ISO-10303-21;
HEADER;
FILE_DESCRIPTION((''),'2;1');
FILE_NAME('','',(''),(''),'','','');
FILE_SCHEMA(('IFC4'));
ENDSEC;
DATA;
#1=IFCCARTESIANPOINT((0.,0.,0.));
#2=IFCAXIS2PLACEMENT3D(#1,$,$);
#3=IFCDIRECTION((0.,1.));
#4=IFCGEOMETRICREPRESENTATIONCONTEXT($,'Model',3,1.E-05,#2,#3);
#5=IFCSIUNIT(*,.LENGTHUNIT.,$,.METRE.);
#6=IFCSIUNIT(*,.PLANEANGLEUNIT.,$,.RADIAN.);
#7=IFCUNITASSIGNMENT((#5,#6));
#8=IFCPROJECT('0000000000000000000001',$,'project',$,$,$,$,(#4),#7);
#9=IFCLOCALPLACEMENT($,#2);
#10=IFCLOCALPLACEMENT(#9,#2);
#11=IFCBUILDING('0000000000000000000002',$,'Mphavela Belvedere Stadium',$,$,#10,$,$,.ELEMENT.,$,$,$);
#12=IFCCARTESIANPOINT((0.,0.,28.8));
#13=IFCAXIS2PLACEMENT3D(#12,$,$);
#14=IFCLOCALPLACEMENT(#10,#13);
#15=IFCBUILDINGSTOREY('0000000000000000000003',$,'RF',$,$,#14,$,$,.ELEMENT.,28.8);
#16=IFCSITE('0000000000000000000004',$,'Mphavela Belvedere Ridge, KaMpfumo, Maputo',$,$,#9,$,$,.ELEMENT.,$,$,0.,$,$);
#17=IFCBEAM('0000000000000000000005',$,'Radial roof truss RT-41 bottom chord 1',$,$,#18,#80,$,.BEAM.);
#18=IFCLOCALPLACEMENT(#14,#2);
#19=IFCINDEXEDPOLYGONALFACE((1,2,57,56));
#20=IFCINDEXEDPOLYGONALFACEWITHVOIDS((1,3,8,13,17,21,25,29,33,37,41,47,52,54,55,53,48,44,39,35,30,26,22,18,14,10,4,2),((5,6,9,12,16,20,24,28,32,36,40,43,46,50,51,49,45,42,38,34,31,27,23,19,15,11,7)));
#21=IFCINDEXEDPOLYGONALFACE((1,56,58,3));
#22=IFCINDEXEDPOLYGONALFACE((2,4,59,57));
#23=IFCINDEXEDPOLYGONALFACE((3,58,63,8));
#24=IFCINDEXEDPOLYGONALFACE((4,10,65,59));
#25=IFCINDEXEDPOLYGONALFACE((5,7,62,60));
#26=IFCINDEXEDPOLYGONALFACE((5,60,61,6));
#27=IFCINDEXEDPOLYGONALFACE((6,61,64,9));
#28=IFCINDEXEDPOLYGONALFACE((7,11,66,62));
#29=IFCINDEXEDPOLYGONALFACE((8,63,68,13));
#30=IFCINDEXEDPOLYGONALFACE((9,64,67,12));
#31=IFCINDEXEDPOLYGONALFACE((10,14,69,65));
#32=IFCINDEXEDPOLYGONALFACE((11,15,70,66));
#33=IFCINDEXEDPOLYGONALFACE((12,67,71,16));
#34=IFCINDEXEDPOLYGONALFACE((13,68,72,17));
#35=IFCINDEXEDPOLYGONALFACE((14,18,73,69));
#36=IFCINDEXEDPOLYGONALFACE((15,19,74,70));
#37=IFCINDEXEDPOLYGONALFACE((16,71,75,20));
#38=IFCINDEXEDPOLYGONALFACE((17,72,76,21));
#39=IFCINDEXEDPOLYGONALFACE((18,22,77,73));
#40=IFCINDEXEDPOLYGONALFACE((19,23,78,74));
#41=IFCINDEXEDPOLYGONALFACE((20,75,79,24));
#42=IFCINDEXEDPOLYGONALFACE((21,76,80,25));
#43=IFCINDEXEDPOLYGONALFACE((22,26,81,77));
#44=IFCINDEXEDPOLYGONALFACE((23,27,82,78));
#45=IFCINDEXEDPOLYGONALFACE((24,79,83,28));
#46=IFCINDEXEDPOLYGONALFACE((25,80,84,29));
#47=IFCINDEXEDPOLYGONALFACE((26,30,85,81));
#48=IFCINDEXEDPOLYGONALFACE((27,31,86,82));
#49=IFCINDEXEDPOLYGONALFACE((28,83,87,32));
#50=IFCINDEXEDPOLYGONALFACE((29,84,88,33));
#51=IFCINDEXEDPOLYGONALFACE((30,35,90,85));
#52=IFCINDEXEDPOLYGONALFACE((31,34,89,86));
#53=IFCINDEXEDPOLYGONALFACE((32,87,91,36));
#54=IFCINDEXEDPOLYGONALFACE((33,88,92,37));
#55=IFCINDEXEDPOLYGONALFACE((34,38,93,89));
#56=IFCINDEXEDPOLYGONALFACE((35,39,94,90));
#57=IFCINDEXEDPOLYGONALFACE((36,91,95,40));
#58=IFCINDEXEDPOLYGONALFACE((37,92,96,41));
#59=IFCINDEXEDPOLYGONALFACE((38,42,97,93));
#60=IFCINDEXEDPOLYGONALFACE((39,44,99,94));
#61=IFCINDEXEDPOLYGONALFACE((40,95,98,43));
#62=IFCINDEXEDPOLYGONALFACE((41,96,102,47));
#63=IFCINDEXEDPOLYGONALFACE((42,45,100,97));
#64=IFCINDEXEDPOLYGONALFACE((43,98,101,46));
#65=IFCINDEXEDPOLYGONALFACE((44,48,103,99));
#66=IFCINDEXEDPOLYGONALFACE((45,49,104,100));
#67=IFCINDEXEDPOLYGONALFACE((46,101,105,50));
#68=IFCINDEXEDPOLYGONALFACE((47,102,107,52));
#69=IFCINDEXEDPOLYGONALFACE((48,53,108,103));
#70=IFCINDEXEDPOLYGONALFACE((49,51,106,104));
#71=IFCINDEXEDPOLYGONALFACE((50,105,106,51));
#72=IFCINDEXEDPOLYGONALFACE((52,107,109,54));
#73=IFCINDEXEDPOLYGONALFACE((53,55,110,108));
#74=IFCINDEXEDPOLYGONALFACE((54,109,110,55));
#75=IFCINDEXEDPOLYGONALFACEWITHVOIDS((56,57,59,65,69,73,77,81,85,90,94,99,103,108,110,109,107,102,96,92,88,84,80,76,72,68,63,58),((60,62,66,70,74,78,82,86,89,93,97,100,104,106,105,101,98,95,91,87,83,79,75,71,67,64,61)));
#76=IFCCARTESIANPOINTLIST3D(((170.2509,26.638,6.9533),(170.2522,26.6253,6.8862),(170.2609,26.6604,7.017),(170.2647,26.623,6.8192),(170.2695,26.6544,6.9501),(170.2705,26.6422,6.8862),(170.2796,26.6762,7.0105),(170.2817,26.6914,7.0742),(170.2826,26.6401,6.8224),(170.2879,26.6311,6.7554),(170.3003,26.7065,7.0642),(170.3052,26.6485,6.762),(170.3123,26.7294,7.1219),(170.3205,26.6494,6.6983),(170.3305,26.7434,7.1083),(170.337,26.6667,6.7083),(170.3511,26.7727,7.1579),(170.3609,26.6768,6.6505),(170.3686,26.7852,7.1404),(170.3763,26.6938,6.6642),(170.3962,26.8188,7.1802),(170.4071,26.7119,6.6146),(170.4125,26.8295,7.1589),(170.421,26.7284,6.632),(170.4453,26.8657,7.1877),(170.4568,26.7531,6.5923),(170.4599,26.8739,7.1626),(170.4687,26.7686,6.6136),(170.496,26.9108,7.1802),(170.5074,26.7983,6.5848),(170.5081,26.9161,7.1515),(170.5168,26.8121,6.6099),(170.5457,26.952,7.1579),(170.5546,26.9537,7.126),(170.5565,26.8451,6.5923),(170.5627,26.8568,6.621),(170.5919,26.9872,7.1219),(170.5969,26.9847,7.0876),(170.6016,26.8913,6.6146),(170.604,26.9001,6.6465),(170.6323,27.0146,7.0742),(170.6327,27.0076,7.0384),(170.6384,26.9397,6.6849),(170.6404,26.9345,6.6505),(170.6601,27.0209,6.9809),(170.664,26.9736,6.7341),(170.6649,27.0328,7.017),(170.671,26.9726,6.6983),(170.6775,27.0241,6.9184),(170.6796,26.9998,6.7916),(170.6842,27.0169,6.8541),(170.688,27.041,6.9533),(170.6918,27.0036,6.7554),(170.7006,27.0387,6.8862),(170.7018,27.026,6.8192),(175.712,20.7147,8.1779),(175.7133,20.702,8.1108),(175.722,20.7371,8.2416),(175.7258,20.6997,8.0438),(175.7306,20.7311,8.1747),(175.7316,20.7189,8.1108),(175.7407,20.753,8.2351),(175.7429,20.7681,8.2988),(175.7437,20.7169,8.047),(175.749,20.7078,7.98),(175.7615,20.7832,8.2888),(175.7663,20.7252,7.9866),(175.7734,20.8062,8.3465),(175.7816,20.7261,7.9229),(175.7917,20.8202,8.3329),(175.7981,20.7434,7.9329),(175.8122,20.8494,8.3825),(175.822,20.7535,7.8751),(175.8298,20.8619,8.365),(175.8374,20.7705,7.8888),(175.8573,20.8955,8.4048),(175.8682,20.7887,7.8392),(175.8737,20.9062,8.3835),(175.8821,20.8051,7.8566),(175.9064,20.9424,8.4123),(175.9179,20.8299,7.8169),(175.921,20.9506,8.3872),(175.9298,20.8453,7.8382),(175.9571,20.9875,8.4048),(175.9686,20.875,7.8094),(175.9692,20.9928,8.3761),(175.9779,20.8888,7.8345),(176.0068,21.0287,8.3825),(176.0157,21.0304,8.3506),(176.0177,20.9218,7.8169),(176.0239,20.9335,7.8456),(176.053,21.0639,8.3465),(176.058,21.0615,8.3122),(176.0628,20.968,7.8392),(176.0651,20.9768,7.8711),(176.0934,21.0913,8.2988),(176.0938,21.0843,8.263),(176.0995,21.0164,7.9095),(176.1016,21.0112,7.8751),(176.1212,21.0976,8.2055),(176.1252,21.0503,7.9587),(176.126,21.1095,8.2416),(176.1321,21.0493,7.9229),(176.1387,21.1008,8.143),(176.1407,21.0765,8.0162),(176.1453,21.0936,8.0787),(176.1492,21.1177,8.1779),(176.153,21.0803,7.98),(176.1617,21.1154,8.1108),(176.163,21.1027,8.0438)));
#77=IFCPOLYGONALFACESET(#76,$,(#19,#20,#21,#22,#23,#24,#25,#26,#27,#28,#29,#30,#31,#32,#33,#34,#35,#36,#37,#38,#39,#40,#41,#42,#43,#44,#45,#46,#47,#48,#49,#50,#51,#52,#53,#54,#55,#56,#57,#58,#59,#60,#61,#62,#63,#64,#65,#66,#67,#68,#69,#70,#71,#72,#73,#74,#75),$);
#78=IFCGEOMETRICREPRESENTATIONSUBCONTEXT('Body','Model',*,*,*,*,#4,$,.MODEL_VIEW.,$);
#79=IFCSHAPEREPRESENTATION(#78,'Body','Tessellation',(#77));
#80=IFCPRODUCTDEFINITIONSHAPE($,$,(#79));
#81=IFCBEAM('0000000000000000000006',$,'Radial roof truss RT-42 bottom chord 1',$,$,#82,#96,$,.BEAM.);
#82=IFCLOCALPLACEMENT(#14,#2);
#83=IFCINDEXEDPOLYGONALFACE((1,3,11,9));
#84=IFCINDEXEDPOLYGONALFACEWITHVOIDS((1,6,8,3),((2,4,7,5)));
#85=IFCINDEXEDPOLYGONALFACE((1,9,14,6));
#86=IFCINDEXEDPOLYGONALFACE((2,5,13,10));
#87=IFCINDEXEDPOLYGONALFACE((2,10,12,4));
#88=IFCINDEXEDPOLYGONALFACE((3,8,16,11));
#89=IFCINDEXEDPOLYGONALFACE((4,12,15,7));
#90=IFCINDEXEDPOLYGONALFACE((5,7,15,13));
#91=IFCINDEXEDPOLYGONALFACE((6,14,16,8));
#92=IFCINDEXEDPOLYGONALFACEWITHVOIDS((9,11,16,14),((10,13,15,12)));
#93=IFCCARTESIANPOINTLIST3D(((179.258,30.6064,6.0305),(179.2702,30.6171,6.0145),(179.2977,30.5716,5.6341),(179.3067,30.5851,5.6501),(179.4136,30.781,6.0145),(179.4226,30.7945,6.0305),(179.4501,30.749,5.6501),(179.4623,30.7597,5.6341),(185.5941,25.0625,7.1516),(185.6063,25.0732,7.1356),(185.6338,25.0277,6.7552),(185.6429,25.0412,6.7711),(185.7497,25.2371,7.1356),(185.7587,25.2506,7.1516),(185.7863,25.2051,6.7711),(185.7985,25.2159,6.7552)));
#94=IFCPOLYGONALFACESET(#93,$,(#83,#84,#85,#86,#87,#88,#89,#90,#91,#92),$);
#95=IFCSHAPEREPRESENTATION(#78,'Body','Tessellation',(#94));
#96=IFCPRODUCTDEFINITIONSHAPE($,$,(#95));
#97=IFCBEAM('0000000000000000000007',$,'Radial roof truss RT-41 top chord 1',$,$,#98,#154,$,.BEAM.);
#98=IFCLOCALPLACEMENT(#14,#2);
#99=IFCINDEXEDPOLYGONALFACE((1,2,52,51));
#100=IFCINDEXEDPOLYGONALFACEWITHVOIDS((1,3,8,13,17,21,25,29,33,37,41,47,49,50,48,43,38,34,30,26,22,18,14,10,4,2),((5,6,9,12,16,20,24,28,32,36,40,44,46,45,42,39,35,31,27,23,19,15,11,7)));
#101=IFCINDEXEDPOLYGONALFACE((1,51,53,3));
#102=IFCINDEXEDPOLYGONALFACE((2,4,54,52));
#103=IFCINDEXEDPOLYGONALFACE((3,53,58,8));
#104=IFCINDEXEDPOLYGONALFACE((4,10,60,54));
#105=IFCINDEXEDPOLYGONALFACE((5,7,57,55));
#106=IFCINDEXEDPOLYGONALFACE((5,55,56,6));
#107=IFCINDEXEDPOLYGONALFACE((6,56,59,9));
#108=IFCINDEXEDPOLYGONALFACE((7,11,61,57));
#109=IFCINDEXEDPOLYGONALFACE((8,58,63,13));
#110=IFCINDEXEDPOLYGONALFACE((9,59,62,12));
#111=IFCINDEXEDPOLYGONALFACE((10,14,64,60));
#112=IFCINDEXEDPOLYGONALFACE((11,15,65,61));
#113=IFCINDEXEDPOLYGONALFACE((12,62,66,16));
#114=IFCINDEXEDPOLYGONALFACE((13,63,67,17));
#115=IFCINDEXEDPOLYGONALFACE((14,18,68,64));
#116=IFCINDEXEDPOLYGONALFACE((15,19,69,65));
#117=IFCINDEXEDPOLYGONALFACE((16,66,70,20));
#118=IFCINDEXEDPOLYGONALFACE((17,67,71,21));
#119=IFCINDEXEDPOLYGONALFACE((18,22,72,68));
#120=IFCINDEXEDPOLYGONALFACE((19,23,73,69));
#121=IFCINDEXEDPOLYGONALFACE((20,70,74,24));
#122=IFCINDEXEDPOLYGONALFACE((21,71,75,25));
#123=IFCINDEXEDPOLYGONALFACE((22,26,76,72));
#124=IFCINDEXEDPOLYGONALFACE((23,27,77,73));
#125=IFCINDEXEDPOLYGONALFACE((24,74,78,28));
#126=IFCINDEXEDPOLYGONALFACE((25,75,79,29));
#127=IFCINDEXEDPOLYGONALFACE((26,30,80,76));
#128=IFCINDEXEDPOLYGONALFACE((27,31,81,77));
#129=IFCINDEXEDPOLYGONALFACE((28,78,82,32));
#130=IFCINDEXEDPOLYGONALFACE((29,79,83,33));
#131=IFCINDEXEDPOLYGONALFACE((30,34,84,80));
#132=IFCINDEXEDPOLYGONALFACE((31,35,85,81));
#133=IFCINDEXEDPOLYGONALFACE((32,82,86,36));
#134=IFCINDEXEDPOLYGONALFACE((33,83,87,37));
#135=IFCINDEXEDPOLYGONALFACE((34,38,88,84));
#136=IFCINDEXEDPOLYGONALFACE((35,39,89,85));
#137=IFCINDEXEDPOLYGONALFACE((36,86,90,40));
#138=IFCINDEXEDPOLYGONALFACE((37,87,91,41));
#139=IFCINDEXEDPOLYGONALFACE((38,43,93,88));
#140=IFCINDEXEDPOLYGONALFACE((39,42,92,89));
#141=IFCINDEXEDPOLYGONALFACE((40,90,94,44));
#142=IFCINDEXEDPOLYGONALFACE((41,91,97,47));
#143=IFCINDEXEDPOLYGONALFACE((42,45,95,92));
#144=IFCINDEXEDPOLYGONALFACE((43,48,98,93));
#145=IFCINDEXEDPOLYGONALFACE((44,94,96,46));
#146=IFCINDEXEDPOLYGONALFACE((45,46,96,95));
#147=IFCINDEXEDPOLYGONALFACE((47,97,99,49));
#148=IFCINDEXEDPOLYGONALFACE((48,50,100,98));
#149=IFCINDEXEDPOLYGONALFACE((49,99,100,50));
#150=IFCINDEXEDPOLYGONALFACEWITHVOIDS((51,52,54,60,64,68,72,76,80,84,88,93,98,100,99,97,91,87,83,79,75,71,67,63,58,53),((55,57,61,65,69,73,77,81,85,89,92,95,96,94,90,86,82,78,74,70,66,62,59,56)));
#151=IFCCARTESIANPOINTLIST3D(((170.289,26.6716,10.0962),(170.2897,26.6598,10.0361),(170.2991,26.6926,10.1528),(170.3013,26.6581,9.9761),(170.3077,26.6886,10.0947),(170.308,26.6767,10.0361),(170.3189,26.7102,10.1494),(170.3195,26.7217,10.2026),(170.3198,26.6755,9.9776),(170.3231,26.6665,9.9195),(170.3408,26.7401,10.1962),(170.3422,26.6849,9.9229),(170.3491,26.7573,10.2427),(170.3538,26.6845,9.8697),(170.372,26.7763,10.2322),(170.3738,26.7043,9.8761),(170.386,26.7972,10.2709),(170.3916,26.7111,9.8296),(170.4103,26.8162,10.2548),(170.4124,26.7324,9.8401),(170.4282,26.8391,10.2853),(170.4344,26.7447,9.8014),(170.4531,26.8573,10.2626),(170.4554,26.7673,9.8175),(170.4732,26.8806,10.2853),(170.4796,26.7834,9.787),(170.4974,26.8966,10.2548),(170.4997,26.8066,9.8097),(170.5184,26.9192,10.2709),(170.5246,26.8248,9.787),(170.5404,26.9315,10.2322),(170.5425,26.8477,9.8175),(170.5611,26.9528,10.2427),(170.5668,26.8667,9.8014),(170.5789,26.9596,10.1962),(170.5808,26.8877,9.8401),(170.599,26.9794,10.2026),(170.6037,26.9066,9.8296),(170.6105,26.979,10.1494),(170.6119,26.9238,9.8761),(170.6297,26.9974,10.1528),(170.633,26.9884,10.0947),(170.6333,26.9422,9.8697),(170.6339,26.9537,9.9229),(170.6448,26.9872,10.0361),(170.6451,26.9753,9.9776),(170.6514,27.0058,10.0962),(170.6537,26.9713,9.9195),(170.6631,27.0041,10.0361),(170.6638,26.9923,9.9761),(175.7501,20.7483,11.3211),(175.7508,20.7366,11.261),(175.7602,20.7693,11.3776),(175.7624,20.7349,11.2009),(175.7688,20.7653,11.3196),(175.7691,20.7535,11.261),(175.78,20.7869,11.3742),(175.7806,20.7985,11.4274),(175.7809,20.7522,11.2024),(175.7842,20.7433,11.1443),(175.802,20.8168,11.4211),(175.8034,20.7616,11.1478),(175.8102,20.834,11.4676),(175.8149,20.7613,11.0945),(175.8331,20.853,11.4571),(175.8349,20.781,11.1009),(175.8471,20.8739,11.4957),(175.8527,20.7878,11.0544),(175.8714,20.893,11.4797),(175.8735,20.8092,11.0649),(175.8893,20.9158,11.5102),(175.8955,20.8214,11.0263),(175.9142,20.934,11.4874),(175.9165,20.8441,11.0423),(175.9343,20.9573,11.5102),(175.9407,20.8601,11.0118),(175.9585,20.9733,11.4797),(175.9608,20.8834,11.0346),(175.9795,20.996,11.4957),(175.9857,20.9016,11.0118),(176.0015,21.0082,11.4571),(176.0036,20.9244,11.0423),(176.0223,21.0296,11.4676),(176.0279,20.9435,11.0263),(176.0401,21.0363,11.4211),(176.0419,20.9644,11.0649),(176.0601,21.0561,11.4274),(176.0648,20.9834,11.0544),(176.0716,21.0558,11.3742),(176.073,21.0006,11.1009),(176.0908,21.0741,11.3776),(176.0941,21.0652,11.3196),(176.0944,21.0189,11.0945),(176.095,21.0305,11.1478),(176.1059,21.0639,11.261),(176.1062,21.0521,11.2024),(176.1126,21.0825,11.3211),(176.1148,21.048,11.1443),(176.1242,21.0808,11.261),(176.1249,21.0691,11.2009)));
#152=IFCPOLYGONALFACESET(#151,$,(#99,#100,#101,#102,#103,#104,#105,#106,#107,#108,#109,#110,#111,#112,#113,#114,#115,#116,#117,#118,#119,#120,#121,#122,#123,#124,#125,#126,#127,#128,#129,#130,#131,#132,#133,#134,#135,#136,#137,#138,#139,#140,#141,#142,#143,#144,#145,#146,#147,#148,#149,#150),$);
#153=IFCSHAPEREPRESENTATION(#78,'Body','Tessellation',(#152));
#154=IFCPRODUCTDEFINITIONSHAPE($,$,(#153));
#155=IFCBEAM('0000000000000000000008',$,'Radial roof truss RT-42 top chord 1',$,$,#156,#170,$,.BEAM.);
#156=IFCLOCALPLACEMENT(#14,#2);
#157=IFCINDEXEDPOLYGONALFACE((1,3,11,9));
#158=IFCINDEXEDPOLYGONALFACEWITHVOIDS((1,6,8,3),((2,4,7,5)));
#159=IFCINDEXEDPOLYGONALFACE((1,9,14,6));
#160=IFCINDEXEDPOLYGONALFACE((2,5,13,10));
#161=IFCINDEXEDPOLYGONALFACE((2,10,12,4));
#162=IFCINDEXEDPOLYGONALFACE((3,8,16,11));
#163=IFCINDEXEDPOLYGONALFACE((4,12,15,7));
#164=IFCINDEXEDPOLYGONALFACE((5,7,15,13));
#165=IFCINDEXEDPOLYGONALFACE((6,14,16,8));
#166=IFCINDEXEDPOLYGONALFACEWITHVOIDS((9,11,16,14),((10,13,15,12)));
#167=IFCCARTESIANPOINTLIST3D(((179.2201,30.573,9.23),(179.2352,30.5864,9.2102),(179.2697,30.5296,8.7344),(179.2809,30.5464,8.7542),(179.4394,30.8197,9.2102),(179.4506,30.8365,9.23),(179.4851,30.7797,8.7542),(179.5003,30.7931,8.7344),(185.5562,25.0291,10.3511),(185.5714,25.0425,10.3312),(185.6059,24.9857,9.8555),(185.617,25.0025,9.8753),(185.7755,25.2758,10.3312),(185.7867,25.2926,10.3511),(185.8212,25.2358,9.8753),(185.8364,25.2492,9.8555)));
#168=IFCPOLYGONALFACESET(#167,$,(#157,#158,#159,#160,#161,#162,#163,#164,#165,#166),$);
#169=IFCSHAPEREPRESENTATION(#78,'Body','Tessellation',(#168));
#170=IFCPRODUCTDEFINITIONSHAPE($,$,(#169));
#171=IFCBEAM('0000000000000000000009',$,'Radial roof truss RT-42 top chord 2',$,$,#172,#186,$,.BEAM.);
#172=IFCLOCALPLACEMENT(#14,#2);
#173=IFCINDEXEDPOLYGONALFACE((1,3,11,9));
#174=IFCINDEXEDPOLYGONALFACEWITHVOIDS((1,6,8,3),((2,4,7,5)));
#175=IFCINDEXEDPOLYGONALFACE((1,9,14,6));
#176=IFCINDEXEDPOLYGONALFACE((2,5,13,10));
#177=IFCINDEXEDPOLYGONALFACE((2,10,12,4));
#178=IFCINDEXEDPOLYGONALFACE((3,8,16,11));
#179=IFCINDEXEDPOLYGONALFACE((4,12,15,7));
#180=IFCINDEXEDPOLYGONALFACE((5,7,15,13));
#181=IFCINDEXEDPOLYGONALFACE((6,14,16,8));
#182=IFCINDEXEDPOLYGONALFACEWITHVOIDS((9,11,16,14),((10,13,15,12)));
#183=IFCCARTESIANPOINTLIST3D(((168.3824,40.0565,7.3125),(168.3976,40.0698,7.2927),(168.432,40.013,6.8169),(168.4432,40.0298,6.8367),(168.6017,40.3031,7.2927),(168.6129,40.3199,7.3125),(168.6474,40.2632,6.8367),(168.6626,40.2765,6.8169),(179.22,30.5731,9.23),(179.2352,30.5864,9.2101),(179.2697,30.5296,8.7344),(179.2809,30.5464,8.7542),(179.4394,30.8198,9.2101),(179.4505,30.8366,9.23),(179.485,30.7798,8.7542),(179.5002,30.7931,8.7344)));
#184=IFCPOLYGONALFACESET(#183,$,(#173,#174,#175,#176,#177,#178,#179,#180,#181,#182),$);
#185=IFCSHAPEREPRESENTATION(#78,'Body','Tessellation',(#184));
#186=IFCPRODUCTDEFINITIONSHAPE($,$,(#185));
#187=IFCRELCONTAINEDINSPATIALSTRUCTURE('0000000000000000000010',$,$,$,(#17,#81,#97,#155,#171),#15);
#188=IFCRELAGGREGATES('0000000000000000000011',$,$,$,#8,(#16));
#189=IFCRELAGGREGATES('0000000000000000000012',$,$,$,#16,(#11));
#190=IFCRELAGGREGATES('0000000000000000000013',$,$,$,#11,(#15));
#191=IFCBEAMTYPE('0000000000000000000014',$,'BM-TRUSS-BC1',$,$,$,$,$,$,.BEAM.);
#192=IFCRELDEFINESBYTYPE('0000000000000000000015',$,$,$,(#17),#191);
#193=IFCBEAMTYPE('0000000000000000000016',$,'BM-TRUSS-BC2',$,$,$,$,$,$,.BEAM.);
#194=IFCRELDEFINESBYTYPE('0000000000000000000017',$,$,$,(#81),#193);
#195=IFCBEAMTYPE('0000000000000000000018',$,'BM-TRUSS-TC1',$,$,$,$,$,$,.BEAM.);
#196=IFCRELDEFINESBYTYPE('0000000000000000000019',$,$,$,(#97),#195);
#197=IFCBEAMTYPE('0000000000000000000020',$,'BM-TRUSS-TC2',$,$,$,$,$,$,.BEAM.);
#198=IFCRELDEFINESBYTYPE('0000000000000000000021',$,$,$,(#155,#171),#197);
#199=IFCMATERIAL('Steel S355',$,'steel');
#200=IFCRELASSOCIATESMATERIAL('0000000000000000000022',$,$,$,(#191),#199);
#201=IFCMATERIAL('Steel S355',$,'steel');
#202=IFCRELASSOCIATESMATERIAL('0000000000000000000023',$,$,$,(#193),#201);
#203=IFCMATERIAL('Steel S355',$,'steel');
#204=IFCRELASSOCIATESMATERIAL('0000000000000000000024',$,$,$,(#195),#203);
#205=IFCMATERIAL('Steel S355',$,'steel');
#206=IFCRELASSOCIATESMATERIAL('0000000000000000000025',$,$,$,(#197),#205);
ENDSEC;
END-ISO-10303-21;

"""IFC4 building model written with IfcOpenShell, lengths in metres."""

from ifc_helpers import new_model, si_unit, direction, frame, origin, origin_2d, place, context, subcontext, project, spatial, hollow_rectangle, hollow_circle, extrude, material, material_profile, profile_set, type_object, element, save


model = new_model("IFC4")

# Units and contexts
model_context = context("Model", 3, precision=1e-05, world=origin(), true_north=direction((0.0, 1.0)))
body_context = subcontext(model_context, "Body", "Model", "MODEL_VIEW")
ifc_project = project(units=[si_unit("LENGTHUNIT", "METRE"), si_unit("PLANEANGLEUNIT", "RADIAN")], contexts=[model_context])

# Site, building, storey
site_placement = place(None, origin())
site = spatial("IfcSite", under=ifc_project, at=site_placement, Name="Mphavela Belvedere Ridge, KaMpfumo, Maputo", CompositionType="ELEMENT", RefElevation=0.0)
building_placement = place(site_placement, origin())
building = spatial("IfcBuilding", under=site, at=building_placement, Name="Mphavela Belvedere Stadium", CompositionType="ELEMENT")
storey_placement = place(building_placement, frame((0.0, 0.0, 28.8)))
storey = spatial("IfcBuildingStorey", under=building, at=storey_placement, Name="RF", CompositionType="ELEMENT", Elevation=28.8)

# Beams
ifc_material_1 = material(Name="Steel S355", Category="steel")
ifc_material_profile_1 = material_profile(ifc_material_1, hollow_circle(Radius=0.3049, WallThickness=0.0249, at=origin_2d()), Name="CHS 610x25")
ifc_profile_set_1 = profile_set([ifc_material_profile_1], Name="Steel S355")
beam_type_1 = type_object("IfcBeamType", Name="BM-TRUSS-BC1", PredefinedType="BEAM", material=ifc_profile_set_1)
beam_1_placement = place(storey_placement, frame((175.9375, 20.9087, 8.1108), z_axis=(-0.670146, 0.726858, -0.150273), x_axis=(-0.735206, -0.677843, 0.0)))
element("IfcBeam", 1, at=beam_1_placement, inside=storey, type_object=beam_type_1, Name="Radial roof truss RT-41 bottom chord 1", PredefinedType="BEAM", context=body_context, shape_type="SweptSolid", body=[
    extrude(hollow_circle(Radius=0.3049, WallThickness=0.0249, at=origin_2d()), origin(), (0.0, 0.0, 1.0), 8.1492),
])
ifc_material_2 = material(Name="Steel S355", Category="steel")
ifc_material_profile_2 = material_profile(ifc_material_2, hollow_rectangle(XDim=0.25, YDim=0.3999, WallThickness=0.0161, at=origin_2d()), Name="RHS 400x250x16")
ifc_profile_set_2 = profile_set([ifc_material_profile_2], Name="Steel S355")
beam_type_2 = type_object("IfcBeamType", Name="BM-TRUSS-BC2", PredefinedType="BEAM", material=ifc_profile_set_2)
beam_2_placement = place(storey_placement, frame((185.6963, 25.1392, 6.9534), z_axis=(-0.746004, 0.652729, -0.131994), x_axis=(-0.65849, -0.752589, 0.0)))
element("IfcBeam", 2, at=beam_2_placement, inside=storey, type_object=beam_type_2, Name="Radial roof truss RT-42 bottom chord 1", PredefinedType="BEAM", context=body_context, shape_type="SweptSolid", body=[
    extrude(hollow_rectangle(XDim=0.25, YDim=0.3999, WallThickness=0.0161, at=origin_2d()), origin(), (0.0, 0.0, 1.0), 8.4934),
])
ifc_material_3 = material(Name="Steel S355", Category="steel")
ifc_material_profile_3 = material_profile(ifc_material_3, hollow_circle(Radius=0.2539, WallThickness=0.0249, at=origin_2d()), Name="CHS 508x25")
ifc_profile_set_3 = profile_set([ifc_material_profile_3], Name="Steel S355")
beam_type_3 = type_object("IfcBeamType", Name="BM-TRUSS-TC1", PredefinedType="BEAM", material=ifc_profile_set_3)
beam_3_placement = place(storey_placement, frame((175.9375, 20.9087, 11.261), z_axis=(-0.670143, 0.726855, -0.150302), x_axis=(-0.735206, -0.677843, 0.0)))
element("IfcBeam", 3, at=beam_3_placement, inside=storey, type_object=beam_type_3, Name="Radial roof truss RT-41 top chord 1", PredefinedType="BEAM", context=body_context, shape_type="SweptSolid", body=[
    extrude(hollow_circle(Radius=0.2539, WallThickness=0.0249, at=origin_2d()), origin(), (0.0, 0.0, 1.0), 8.1492),
])
ifc_material_4 = material(Name="Steel S355", Category="steel")
ifc_material_profile_4 = material_profile(ifc_material_4, hollow_rectangle(XDim=0.3501, YDim=0.5, WallThickness=0.02, at=origin_2d()), Name="RHS 500x350x20")
ifc_profile_set_4 = profile_set([ifc_material_profile_4], Name="Steel S355")
beam_type_4 = type_object("IfcBeamType", Name="BM-TRUSS-TC2", PredefinedType="BEAM", material=ifc_profile_set_4)
beam_4_placement = place(storey_placement, frame((185.6963, 25.1392, 10.1033), z_axis=(-0.746004, 0.652729, -0.131994), x_axis=(-0.65849, -0.752589, 0.0)))
element("IfcBeam", 4, at=beam_4_placement, inside=storey, type_object=beam_type_4, Name="Radial roof truss RT-42 top chord 1", PredefinedType="BEAM", context=body_context, shape_type="SweptSolid", body=[
    extrude(hollow_rectangle(XDim=0.3501, YDim=0.5, WallThickness=0.02, at=origin_2d()), origin(), (0.0, 0.0, 1.0), 8.4934),
])
beam_5_placement = place(storey_placement, frame((179.3601, 30.6831, 8.9822), z_axis=(-0.745977, 0.652762, -0.131984), x_axis=(-0.658523, -0.752561, 0.0)))
element("IfcBeam", 5, at=beam_5_placement, inside=storey, type_object=beam_type_4, Name="Radial roof truss RT-42 top chord 2", PredefinedType="BEAM", context=body_context, shape_type="SweptSolid", body=[
    extrude(hollow_rectangle(XDim=0.3501, YDim=0.5, WallThickness=0.02, at=origin_2d()), origin(), (0.0, 0.0, 1.0), 14.5281),
])

save(model, "model.ifc")
